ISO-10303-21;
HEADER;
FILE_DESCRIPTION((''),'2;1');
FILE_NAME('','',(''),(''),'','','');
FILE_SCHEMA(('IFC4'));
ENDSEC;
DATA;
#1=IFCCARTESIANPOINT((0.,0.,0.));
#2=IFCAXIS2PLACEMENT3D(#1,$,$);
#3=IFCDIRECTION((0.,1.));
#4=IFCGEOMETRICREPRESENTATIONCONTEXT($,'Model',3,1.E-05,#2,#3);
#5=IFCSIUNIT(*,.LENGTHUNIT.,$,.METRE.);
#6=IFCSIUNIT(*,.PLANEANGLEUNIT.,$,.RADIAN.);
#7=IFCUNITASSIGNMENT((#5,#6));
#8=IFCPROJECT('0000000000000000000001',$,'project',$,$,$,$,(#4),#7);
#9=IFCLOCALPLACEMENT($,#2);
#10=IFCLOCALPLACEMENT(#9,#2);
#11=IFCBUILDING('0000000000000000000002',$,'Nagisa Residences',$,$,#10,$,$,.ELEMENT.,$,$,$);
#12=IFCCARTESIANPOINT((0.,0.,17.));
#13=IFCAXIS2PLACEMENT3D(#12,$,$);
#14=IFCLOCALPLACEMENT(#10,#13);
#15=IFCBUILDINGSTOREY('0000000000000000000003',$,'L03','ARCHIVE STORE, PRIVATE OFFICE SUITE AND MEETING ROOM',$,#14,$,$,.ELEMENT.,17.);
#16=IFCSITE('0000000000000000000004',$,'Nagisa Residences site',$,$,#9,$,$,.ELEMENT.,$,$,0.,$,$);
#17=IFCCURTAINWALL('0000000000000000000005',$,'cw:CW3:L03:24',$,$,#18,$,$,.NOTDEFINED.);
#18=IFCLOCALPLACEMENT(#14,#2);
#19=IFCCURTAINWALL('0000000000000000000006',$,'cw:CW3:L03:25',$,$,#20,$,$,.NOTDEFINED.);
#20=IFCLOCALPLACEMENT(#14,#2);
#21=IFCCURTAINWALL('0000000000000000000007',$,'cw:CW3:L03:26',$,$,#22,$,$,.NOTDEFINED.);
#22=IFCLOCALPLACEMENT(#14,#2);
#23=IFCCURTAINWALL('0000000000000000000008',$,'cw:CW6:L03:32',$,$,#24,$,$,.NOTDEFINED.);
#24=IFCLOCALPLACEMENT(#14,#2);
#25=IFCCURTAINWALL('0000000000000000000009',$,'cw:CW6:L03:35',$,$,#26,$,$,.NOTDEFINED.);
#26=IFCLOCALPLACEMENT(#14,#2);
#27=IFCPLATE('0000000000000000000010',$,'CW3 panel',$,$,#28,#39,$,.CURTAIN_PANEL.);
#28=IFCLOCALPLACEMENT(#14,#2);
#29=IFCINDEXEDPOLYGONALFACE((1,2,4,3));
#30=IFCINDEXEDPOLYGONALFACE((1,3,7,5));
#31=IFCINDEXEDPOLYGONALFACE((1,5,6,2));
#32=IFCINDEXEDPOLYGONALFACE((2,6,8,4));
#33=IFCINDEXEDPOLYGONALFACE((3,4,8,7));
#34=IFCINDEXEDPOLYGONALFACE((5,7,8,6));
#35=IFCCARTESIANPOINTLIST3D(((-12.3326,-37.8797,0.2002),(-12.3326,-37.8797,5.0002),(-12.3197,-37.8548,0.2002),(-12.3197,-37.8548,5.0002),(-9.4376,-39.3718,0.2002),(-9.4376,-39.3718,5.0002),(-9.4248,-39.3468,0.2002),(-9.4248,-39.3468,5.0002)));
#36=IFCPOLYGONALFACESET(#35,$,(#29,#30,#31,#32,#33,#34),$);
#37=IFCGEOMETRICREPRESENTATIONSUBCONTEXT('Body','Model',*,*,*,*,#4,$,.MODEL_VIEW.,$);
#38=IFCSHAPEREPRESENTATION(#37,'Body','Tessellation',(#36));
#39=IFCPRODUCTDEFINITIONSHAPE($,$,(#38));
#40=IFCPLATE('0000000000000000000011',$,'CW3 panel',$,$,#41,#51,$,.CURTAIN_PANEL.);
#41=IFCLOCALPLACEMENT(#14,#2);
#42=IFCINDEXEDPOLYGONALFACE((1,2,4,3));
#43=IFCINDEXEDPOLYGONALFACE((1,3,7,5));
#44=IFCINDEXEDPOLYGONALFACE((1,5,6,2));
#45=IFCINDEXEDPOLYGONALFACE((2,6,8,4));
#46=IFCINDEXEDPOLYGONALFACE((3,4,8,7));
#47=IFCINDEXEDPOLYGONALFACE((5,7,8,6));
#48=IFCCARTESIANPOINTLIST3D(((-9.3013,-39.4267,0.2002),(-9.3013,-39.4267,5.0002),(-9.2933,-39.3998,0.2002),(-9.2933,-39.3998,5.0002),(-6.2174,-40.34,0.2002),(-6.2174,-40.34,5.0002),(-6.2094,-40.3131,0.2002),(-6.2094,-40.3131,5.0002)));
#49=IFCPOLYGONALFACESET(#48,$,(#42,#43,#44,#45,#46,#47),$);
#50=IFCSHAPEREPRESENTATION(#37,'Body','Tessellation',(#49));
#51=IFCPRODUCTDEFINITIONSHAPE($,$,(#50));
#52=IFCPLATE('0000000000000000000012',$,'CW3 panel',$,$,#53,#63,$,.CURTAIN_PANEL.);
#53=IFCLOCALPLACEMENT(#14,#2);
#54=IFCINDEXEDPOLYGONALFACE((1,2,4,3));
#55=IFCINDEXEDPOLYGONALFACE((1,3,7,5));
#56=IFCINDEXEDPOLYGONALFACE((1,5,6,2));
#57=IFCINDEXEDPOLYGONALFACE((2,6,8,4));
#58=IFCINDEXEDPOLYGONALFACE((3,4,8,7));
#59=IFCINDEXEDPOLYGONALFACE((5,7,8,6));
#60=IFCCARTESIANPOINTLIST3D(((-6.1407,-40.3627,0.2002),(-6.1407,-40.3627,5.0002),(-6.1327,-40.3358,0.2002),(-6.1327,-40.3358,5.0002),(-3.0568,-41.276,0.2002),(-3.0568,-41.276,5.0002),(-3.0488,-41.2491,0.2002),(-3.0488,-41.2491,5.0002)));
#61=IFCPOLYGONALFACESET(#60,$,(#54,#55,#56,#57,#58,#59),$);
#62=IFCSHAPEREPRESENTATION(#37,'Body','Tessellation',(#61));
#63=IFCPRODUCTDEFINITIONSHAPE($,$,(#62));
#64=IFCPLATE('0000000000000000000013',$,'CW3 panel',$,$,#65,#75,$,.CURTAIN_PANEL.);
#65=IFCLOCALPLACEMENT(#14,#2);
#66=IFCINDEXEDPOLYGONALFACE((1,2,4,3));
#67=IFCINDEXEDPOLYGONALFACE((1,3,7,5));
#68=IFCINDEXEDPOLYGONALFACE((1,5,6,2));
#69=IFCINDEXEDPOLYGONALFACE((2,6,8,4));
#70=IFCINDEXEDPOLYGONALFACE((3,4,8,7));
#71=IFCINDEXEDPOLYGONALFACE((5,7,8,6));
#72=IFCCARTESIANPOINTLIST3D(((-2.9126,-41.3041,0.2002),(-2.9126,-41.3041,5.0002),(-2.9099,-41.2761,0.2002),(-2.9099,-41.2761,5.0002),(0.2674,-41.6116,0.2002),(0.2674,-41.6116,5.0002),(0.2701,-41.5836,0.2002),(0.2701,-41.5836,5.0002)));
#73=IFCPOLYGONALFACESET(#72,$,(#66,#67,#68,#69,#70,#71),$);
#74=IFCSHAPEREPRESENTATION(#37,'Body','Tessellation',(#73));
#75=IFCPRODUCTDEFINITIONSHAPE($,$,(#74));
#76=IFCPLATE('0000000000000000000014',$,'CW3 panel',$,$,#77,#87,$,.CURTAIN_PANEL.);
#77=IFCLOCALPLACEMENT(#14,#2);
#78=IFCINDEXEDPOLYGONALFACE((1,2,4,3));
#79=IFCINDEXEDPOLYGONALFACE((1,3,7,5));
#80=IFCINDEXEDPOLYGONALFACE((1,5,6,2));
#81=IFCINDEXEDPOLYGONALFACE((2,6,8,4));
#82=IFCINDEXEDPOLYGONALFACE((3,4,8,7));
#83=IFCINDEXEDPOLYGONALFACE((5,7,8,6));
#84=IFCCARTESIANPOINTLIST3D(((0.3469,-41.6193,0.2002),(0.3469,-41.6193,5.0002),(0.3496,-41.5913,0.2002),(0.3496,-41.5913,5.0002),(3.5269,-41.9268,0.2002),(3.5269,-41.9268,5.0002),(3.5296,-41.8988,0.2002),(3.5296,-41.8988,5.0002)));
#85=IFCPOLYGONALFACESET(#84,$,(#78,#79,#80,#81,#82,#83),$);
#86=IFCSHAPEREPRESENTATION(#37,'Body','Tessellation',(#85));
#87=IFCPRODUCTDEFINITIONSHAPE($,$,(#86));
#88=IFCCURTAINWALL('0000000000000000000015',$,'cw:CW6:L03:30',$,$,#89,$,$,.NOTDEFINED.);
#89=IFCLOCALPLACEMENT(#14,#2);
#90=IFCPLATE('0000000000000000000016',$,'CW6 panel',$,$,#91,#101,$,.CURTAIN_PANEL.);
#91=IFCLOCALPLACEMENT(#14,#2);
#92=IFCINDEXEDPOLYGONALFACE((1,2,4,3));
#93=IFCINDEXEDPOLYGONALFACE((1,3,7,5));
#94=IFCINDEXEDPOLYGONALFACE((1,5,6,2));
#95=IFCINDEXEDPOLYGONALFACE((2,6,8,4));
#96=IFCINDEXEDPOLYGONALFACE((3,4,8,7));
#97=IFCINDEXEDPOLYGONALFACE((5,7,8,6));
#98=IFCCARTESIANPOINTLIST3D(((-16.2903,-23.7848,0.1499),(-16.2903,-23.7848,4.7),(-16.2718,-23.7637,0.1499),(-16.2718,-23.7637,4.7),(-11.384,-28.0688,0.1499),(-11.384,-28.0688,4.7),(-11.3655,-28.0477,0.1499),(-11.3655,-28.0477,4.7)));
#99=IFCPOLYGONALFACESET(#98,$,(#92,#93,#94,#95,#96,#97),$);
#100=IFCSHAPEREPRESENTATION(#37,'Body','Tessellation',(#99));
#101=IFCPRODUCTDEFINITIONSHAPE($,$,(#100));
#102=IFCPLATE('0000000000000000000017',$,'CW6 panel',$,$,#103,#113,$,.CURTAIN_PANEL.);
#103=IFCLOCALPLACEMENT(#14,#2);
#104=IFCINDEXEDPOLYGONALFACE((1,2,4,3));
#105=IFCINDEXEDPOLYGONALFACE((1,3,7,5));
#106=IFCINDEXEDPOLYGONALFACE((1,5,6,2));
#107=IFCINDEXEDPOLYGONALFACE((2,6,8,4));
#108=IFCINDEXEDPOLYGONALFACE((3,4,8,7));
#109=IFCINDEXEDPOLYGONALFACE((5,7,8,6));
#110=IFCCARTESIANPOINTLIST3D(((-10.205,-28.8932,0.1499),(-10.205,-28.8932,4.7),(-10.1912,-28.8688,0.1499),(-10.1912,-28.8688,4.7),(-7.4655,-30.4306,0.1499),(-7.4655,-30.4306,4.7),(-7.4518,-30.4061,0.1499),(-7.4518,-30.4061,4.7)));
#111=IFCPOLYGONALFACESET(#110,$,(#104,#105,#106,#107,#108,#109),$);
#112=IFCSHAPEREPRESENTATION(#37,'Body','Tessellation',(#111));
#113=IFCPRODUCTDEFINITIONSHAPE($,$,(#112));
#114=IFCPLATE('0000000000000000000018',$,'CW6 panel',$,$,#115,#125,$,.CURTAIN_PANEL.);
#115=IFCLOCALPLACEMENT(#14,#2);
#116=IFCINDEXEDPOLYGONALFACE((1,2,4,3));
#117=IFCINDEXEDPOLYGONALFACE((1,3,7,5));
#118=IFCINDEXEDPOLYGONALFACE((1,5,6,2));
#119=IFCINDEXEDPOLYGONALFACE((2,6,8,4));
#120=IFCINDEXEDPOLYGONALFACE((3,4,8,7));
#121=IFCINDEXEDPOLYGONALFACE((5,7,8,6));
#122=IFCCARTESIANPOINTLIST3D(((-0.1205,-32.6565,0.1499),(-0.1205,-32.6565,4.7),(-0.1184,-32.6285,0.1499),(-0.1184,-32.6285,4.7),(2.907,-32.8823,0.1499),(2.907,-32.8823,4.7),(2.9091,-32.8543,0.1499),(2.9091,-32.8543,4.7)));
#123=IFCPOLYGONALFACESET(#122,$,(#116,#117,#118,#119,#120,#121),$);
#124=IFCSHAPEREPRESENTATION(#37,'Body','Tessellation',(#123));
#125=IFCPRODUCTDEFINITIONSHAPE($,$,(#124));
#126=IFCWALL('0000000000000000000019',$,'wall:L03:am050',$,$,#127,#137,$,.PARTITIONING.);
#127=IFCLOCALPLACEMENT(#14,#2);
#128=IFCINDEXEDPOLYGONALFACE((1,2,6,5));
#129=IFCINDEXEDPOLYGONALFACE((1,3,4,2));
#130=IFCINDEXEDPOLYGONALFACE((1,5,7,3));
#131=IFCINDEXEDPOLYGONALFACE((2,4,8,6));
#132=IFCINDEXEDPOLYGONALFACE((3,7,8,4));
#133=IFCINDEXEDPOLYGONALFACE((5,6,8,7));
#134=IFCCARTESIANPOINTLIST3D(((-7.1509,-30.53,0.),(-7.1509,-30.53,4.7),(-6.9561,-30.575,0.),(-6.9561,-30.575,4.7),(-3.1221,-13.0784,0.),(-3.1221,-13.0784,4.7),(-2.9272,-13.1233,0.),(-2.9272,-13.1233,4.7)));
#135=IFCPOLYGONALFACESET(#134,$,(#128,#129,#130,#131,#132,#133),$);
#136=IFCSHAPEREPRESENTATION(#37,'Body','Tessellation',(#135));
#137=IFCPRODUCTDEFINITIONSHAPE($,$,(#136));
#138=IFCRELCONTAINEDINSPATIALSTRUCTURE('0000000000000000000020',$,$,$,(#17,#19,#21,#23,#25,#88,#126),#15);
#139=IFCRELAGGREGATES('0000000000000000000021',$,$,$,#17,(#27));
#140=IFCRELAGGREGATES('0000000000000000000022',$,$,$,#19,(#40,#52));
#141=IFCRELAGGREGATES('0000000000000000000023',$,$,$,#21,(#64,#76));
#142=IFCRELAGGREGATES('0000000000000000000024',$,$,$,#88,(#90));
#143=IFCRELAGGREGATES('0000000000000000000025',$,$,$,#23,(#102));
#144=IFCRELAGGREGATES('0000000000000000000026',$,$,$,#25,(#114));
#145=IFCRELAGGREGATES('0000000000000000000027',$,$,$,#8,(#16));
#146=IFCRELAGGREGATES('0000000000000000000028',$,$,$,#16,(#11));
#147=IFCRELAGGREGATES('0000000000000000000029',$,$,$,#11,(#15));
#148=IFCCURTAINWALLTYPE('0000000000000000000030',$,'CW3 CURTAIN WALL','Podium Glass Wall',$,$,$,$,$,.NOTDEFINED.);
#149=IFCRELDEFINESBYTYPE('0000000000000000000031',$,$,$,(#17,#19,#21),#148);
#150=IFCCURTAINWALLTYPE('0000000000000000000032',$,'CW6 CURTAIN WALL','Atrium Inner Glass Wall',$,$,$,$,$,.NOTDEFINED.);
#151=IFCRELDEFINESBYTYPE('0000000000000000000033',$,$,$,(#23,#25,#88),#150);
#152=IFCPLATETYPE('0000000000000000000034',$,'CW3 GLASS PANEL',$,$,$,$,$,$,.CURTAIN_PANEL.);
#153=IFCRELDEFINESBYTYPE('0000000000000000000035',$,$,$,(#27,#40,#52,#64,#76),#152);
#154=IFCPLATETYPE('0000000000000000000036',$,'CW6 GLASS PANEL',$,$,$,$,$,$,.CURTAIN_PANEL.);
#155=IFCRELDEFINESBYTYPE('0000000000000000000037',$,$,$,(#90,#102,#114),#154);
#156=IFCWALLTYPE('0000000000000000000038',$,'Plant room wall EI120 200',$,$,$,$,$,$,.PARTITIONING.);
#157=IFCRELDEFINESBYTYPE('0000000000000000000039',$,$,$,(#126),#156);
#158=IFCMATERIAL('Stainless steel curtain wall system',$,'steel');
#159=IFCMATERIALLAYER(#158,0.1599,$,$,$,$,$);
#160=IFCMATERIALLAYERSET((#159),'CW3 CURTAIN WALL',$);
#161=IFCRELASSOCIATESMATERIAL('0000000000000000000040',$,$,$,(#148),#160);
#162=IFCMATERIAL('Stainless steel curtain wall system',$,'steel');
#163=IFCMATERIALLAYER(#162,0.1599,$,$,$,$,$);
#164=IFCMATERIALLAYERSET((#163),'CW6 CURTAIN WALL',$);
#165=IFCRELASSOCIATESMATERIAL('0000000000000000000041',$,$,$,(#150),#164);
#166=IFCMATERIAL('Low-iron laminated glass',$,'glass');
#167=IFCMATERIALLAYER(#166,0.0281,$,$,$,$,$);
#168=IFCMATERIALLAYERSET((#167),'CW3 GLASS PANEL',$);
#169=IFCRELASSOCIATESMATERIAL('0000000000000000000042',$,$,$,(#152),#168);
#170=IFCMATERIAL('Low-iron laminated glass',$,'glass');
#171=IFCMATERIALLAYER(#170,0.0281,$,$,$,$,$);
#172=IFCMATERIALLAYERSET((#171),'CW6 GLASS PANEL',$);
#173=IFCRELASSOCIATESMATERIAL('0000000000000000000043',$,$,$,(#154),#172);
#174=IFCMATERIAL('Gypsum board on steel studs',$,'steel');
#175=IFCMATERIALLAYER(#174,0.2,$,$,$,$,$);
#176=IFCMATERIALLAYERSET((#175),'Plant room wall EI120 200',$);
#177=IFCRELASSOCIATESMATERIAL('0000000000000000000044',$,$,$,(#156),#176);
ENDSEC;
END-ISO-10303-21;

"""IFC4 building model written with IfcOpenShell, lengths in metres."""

from ifc_helpers import new_model, si_unit, direction, frame, frame_2d, origin, origin_2d, place, context, subcontext, project, spatial, rectangle, extrude, material, layer, layer_set, type_object, element, aggregate, save


model = new_model("IFC4")

# Units and contexts
model_context = context("Model", 3, precision=1e-05, world=origin(), true_north=direction((0.0, 1.0)))
body_context = subcontext(model_context, "Body", "Model", "MODEL_VIEW")
ifc_project = project(units=[si_unit("LENGTHUNIT", "METRE"), si_unit("PLANEANGLEUNIT", "RADIAN")], contexts=[model_context])

# Site, building, storey
site_placement = place(None, origin())
site = spatial("IfcSite", under=ifc_project, at=site_placement, Name="Nagisa Residences site", CompositionType="ELEMENT", RefElevation=0.0)
building_placement = place(site_placement, origin())
building = spatial("IfcBuilding", under=site, at=building_placement, Name="Nagisa Residences", CompositionType="ELEMENT")
storey_placement = place(building_placement, frame((0.0, 0.0, 17.0)))
storey = spatial("IfcBuildingStorey", under=building, at=storey_placement, Name="L03", Description="ARCHIVE STORE, PRIVATE OFFICE SUITE AND MEETING ROOM", CompositionType="ELEMENT", Elevation=17.0)

# Curtain walls
ifc_material_1 = material(Name="Stainless steel curtain wall system", Category="steel")
ifc_layer_1 = layer(ifc_material_1, 0.1599)
ifc_layer_set_1 = layer_set([ifc_layer_1], Name="CW3 CURTAIN WALL")
curtain_wall_type_1 = type_object("IfcCurtainWallType", Name="CW3 CURTAIN WALL", Description="Podium Glass Wall", PredefinedType="NOTDEFINED", material=ifc_layer_set_1)
curtain_wall_1_placement = place(storey_placement, origin())
curtain_wall_1 = element("IfcCurtainWall", 1, at=curtain_wall_1_placement, inside=storey, type_object=curtain_wall_type_1, Name="cw:CW3:L03:24", PredefinedType="NOTDEFINED")
curtain_wall_2_placement = place(storey_placement, origin())
curtain_wall_2 = element("IfcCurtainWall", 2, at=curtain_wall_2_placement, inside=storey, type_object=curtain_wall_type_1, Name="cw:CW3:L03:25", PredefinedType="NOTDEFINED")
curtain_wall_3_placement = place(storey_placement, origin())
curtain_wall_3 = element("IfcCurtainWall", 3, at=curtain_wall_3_placement, inside=storey, type_object=curtain_wall_type_1, Name="cw:CW3:L03:26", PredefinedType="NOTDEFINED")

# Curtain walls
ifc_material_2 = material(Name="Stainless steel curtain wall system", Category="steel")
ifc_layer_2 = layer(ifc_material_2, 0.1599)
ifc_layer_set_2 = layer_set([ifc_layer_2], Name="CW6 CURTAIN WALL")
curtain_wall_type_2 = type_object("IfcCurtainWallType", Name="CW6 CURTAIN WALL", Description="Atrium Inner Glass Wall", PredefinedType="NOTDEFINED", material=ifc_layer_set_2)
curtain_wall_4_placement = place(storey_placement, origin())
curtain_wall_4 = element("IfcCurtainWall", 4, at=curtain_wall_4_placement, inside=storey, type_object=curtain_wall_type_2, Name="cw:CW6:L03:32", PredefinedType="NOTDEFINED")
curtain_wall_5_placement = place(storey_placement, origin())
curtain_wall_5 = element("IfcCurtainWall", 5, at=curtain_wall_5_placement, inside=storey, type_object=curtain_wall_type_2, Name="cw:CW6:L03:35", PredefinedType="NOTDEFINED")

# Plates
ifc_material_3 = material(Name="Low-iron laminated glass", Category="glass")
ifc_layer_3 = layer(ifc_material_3, 0.0281)
ifc_layer_set_3 = layer_set([ifc_layer_3], Name="CW3 GLASS PANEL")
plate_type_1 = type_object("IfcPlateType", Name="CW3 GLASS PANEL", PredefinedType="CURTAIN_PANEL", material=ifc_layer_set_3)
plate_1_placement = place(storey_placement, frame((-10.8787, -38.6133, 0.2002), z_axis=(0.0, 0.0, 1.0), x_axis=(0.888887, -0.458126, 0.0)))
plate_1 = element("IfcPlate", 6, at=plate_1_placement, type_object=plate_type_1, Name="CW3 panel", PredefinedType="CURTAIN_PANEL", context=body_context, shape_type="SweptSolid", body=[
    extrude(rectangle(XDim=3.2568, YDim=0.0281, at=origin_2d()), origin(), (0.0, 0.0, 1.0), 4.8),
])
aggregate(curtain_wall_1, [plate_1])
plate_2_placement = place(storey_placement, frame((-7.7554, -39.8699, 0.2002), z_axis=(0.0, 0.0, 1.0), x_axis=(0.958835, -0.283963, 0.0)))
plate_2 = element("IfcPlate", 7, at=plate_2_placement, type_object=plate_type_1, Name="CW3 panel", PredefinedType="CURTAIN_PANEL", context=body_context, shape_type="SweptSolid", body=[
    extrude(rectangle(XDim=3.2163, YDim=0.0281, at=origin_2d()), origin(), (0.0, 0.0, 1.0), 4.8),
])
plate_3_placement = place(storey_placement, frame((-4.5947, -40.8059, 0.2002), z_axis=(0.0, 0.0, 1.0), x_axis=(0.958835, -0.283963, 0.0)))
plate_3 = element("IfcPlate", 8, at=plate_3_placement, type_object=plate_type_1, Name="CW3 panel", PredefinedType="CURTAIN_PANEL", context=body_context, shape_type="SweptSolid", body=[
    extrude(rectangle(XDim=3.2163, YDim=0.0281, at=origin_2d()), origin(), (0.0, 0.0, 1.0), 4.8),
])
aggregate(curtain_wall_2, [plate_2, plate_3])
plate_4_placement = place(storey_placement, frame((-1.3213, -41.4438, 0.2002), z_axis=(0.0, 0.0, 1.0), x_axis=(0.995357, -0.096249, 0.0)))
plate_4 = element("IfcPlate", 9, at=plate_4_placement, type_object=plate_type_1, Name="CW3 panel", PredefinedType="CURTAIN_PANEL", context=body_context, shape_type="SweptSolid", body=[
    extrude(rectangle(XDim=3.1948, YDim=0.0281, at=origin_2d()), origin(), (0.0, 0.0, 1.0), 4.8),
])
plate_5_placement = place(storey_placement, frame((1.9382, -41.759, 0.2002), z_axis=(0.0, 0.0, 1.0), x_axis=(0.995357, -0.096249, 0.0)))
plate_5 = element("IfcPlate", 10, at=plate_5_placement, type_object=plate_type_1, Name="CW3 panel", PredefinedType="CURTAIN_PANEL", context=body_context, shape_type="SweptSolid", body=[
    extrude(rectangle(XDim=3.1948, YDim=0.0281, at=origin_2d()), origin(), (0.0, 0.0, 1.0), 4.8),
])
aggregate(curtain_wall_3, [plate_4, plate_5])

# Curtain wall, plate
curtain_wall_6_placement = place(storey_placement, origin())
curtain_wall_6 = element("IfcCurtainWall", 11, at=curtain_wall_6_placement, inside=storey, type_object=curtain_wall_type_2, Name="cw:CW6:L03:30", PredefinedType="NOTDEFINED")
ifc_material_4 = material(Name="Low-iron laminated glass", Category="glass")
ifc_layer_4 = layer(ifc_material_4, 0.0281)
ifc_layer_set_4 = layer_set([ifc_layer_4], Name="CW6 GLASS PANEL")
plate_type_2 = type_object("IfcPlateType", Name="CW6 GLASS PANEL", PredefinedType="CURTAIN_PANEL", material=ifc_layer_set_4)
plate_6_placement = place(storey_placement, frame((-13.8279, -25.9163, 0.1499), z_axis=(0.0, 0.0, 1.0), x_axis=(0.753261, -0.657721, 0.0)))
plate_6 = element("IfcPlate", 12, at=plate_6_placement, type_object=plate_type_2, Name="CW6 panel", PredefinedType="CURTAIN_PANEL", context=body_context, shape_type="SweptSolid", body=[
    extrude(rectangle(XDim=6.5134, YDim=0.0281, at=origin_2d()), origin(), (0.0, 0.0, 1.0), 4.55),
])
aggregate(curtain_wall_6, [plate_6])

# Plates
plate_7_placement = place(storey_placement, frame((-8.8284, -29.6497, 0.1499), z_axis=(0.0, 0.0, 1.0), x_axis=(0.872072, -0.489377, 0.0)))
plate_7 = element("IfcPlate", 13, at=plate_7_placement, type_object=plate_type_2, Name="CW6 panel", PredefinedType="CURTAIN_PANEL", context=body_context, shape_type="SweptSolid", body=[
    extrude(rectangle(XDim=3.1414, YDim=0.0281, at=origin_2d()), origin(), (0.0, 0.0, 1.0), 4.55),
])
aggregate(curtain_wall_4, [plate_7])
plate_8_placement = place(storey_placement, frame((1.3943, -32.7554, 0.1499), z_axis=(0.0, 0.0, 1.0), x_axis=(0.99723, -0.074377, 0.0)))
plate_8 = element("IfcPlate", 14, at=plate_8_placement, type_object=plate_type_2, Name="CW6 panel", PredefinedType="CURTAIN_PANEL", context=body_context, shape_type="SweptSolid", body=[
    extrude(rectangle(XDim=3.0359, YDim=0.0281, at=origin_2d()), origin(), (0.0, 0.0, 1.0), 4.55),
])
aggregate(curtain_wall_5, [plate_8])

# Wall
ifc_material_5 = material(Name="Gypsum board on steel studs", Category="steel")
ifc_layer_5 = layer(ifc_material_5, 0.2)
ifc_layer_set_5 = layer_set([ifc_layer_5], Name="Plant room wall EI120 200")
wall_type = type_object("IfcWallType", Name="Plant room wall EI120 200", PredefinedType="PARTITIONING", material=ifc_layer_set_5)
wall_placement = place(storey_placement, frame((-7.0535, -30.5525, 0.0), z_axis=(0.0, 0.0, 1.0), x_axis=(0.224939, 0.974373, 0.0)))
element("IfcWall", 15, at=wall_placement, inside=storey, type_object=wall_type, Name="wall:L03:am050", PredefinedType="PARTITIONING", context=body_context, shape_type="SweptSolid", body=[
    extrude(rectangle(XDim=17.9106, YDim=0.2, at=frame_2d((8.9553, 0.0))), origin(), (0.0, 0.0, 1.0), 4.7),
])

save(model, "model.ifc")
